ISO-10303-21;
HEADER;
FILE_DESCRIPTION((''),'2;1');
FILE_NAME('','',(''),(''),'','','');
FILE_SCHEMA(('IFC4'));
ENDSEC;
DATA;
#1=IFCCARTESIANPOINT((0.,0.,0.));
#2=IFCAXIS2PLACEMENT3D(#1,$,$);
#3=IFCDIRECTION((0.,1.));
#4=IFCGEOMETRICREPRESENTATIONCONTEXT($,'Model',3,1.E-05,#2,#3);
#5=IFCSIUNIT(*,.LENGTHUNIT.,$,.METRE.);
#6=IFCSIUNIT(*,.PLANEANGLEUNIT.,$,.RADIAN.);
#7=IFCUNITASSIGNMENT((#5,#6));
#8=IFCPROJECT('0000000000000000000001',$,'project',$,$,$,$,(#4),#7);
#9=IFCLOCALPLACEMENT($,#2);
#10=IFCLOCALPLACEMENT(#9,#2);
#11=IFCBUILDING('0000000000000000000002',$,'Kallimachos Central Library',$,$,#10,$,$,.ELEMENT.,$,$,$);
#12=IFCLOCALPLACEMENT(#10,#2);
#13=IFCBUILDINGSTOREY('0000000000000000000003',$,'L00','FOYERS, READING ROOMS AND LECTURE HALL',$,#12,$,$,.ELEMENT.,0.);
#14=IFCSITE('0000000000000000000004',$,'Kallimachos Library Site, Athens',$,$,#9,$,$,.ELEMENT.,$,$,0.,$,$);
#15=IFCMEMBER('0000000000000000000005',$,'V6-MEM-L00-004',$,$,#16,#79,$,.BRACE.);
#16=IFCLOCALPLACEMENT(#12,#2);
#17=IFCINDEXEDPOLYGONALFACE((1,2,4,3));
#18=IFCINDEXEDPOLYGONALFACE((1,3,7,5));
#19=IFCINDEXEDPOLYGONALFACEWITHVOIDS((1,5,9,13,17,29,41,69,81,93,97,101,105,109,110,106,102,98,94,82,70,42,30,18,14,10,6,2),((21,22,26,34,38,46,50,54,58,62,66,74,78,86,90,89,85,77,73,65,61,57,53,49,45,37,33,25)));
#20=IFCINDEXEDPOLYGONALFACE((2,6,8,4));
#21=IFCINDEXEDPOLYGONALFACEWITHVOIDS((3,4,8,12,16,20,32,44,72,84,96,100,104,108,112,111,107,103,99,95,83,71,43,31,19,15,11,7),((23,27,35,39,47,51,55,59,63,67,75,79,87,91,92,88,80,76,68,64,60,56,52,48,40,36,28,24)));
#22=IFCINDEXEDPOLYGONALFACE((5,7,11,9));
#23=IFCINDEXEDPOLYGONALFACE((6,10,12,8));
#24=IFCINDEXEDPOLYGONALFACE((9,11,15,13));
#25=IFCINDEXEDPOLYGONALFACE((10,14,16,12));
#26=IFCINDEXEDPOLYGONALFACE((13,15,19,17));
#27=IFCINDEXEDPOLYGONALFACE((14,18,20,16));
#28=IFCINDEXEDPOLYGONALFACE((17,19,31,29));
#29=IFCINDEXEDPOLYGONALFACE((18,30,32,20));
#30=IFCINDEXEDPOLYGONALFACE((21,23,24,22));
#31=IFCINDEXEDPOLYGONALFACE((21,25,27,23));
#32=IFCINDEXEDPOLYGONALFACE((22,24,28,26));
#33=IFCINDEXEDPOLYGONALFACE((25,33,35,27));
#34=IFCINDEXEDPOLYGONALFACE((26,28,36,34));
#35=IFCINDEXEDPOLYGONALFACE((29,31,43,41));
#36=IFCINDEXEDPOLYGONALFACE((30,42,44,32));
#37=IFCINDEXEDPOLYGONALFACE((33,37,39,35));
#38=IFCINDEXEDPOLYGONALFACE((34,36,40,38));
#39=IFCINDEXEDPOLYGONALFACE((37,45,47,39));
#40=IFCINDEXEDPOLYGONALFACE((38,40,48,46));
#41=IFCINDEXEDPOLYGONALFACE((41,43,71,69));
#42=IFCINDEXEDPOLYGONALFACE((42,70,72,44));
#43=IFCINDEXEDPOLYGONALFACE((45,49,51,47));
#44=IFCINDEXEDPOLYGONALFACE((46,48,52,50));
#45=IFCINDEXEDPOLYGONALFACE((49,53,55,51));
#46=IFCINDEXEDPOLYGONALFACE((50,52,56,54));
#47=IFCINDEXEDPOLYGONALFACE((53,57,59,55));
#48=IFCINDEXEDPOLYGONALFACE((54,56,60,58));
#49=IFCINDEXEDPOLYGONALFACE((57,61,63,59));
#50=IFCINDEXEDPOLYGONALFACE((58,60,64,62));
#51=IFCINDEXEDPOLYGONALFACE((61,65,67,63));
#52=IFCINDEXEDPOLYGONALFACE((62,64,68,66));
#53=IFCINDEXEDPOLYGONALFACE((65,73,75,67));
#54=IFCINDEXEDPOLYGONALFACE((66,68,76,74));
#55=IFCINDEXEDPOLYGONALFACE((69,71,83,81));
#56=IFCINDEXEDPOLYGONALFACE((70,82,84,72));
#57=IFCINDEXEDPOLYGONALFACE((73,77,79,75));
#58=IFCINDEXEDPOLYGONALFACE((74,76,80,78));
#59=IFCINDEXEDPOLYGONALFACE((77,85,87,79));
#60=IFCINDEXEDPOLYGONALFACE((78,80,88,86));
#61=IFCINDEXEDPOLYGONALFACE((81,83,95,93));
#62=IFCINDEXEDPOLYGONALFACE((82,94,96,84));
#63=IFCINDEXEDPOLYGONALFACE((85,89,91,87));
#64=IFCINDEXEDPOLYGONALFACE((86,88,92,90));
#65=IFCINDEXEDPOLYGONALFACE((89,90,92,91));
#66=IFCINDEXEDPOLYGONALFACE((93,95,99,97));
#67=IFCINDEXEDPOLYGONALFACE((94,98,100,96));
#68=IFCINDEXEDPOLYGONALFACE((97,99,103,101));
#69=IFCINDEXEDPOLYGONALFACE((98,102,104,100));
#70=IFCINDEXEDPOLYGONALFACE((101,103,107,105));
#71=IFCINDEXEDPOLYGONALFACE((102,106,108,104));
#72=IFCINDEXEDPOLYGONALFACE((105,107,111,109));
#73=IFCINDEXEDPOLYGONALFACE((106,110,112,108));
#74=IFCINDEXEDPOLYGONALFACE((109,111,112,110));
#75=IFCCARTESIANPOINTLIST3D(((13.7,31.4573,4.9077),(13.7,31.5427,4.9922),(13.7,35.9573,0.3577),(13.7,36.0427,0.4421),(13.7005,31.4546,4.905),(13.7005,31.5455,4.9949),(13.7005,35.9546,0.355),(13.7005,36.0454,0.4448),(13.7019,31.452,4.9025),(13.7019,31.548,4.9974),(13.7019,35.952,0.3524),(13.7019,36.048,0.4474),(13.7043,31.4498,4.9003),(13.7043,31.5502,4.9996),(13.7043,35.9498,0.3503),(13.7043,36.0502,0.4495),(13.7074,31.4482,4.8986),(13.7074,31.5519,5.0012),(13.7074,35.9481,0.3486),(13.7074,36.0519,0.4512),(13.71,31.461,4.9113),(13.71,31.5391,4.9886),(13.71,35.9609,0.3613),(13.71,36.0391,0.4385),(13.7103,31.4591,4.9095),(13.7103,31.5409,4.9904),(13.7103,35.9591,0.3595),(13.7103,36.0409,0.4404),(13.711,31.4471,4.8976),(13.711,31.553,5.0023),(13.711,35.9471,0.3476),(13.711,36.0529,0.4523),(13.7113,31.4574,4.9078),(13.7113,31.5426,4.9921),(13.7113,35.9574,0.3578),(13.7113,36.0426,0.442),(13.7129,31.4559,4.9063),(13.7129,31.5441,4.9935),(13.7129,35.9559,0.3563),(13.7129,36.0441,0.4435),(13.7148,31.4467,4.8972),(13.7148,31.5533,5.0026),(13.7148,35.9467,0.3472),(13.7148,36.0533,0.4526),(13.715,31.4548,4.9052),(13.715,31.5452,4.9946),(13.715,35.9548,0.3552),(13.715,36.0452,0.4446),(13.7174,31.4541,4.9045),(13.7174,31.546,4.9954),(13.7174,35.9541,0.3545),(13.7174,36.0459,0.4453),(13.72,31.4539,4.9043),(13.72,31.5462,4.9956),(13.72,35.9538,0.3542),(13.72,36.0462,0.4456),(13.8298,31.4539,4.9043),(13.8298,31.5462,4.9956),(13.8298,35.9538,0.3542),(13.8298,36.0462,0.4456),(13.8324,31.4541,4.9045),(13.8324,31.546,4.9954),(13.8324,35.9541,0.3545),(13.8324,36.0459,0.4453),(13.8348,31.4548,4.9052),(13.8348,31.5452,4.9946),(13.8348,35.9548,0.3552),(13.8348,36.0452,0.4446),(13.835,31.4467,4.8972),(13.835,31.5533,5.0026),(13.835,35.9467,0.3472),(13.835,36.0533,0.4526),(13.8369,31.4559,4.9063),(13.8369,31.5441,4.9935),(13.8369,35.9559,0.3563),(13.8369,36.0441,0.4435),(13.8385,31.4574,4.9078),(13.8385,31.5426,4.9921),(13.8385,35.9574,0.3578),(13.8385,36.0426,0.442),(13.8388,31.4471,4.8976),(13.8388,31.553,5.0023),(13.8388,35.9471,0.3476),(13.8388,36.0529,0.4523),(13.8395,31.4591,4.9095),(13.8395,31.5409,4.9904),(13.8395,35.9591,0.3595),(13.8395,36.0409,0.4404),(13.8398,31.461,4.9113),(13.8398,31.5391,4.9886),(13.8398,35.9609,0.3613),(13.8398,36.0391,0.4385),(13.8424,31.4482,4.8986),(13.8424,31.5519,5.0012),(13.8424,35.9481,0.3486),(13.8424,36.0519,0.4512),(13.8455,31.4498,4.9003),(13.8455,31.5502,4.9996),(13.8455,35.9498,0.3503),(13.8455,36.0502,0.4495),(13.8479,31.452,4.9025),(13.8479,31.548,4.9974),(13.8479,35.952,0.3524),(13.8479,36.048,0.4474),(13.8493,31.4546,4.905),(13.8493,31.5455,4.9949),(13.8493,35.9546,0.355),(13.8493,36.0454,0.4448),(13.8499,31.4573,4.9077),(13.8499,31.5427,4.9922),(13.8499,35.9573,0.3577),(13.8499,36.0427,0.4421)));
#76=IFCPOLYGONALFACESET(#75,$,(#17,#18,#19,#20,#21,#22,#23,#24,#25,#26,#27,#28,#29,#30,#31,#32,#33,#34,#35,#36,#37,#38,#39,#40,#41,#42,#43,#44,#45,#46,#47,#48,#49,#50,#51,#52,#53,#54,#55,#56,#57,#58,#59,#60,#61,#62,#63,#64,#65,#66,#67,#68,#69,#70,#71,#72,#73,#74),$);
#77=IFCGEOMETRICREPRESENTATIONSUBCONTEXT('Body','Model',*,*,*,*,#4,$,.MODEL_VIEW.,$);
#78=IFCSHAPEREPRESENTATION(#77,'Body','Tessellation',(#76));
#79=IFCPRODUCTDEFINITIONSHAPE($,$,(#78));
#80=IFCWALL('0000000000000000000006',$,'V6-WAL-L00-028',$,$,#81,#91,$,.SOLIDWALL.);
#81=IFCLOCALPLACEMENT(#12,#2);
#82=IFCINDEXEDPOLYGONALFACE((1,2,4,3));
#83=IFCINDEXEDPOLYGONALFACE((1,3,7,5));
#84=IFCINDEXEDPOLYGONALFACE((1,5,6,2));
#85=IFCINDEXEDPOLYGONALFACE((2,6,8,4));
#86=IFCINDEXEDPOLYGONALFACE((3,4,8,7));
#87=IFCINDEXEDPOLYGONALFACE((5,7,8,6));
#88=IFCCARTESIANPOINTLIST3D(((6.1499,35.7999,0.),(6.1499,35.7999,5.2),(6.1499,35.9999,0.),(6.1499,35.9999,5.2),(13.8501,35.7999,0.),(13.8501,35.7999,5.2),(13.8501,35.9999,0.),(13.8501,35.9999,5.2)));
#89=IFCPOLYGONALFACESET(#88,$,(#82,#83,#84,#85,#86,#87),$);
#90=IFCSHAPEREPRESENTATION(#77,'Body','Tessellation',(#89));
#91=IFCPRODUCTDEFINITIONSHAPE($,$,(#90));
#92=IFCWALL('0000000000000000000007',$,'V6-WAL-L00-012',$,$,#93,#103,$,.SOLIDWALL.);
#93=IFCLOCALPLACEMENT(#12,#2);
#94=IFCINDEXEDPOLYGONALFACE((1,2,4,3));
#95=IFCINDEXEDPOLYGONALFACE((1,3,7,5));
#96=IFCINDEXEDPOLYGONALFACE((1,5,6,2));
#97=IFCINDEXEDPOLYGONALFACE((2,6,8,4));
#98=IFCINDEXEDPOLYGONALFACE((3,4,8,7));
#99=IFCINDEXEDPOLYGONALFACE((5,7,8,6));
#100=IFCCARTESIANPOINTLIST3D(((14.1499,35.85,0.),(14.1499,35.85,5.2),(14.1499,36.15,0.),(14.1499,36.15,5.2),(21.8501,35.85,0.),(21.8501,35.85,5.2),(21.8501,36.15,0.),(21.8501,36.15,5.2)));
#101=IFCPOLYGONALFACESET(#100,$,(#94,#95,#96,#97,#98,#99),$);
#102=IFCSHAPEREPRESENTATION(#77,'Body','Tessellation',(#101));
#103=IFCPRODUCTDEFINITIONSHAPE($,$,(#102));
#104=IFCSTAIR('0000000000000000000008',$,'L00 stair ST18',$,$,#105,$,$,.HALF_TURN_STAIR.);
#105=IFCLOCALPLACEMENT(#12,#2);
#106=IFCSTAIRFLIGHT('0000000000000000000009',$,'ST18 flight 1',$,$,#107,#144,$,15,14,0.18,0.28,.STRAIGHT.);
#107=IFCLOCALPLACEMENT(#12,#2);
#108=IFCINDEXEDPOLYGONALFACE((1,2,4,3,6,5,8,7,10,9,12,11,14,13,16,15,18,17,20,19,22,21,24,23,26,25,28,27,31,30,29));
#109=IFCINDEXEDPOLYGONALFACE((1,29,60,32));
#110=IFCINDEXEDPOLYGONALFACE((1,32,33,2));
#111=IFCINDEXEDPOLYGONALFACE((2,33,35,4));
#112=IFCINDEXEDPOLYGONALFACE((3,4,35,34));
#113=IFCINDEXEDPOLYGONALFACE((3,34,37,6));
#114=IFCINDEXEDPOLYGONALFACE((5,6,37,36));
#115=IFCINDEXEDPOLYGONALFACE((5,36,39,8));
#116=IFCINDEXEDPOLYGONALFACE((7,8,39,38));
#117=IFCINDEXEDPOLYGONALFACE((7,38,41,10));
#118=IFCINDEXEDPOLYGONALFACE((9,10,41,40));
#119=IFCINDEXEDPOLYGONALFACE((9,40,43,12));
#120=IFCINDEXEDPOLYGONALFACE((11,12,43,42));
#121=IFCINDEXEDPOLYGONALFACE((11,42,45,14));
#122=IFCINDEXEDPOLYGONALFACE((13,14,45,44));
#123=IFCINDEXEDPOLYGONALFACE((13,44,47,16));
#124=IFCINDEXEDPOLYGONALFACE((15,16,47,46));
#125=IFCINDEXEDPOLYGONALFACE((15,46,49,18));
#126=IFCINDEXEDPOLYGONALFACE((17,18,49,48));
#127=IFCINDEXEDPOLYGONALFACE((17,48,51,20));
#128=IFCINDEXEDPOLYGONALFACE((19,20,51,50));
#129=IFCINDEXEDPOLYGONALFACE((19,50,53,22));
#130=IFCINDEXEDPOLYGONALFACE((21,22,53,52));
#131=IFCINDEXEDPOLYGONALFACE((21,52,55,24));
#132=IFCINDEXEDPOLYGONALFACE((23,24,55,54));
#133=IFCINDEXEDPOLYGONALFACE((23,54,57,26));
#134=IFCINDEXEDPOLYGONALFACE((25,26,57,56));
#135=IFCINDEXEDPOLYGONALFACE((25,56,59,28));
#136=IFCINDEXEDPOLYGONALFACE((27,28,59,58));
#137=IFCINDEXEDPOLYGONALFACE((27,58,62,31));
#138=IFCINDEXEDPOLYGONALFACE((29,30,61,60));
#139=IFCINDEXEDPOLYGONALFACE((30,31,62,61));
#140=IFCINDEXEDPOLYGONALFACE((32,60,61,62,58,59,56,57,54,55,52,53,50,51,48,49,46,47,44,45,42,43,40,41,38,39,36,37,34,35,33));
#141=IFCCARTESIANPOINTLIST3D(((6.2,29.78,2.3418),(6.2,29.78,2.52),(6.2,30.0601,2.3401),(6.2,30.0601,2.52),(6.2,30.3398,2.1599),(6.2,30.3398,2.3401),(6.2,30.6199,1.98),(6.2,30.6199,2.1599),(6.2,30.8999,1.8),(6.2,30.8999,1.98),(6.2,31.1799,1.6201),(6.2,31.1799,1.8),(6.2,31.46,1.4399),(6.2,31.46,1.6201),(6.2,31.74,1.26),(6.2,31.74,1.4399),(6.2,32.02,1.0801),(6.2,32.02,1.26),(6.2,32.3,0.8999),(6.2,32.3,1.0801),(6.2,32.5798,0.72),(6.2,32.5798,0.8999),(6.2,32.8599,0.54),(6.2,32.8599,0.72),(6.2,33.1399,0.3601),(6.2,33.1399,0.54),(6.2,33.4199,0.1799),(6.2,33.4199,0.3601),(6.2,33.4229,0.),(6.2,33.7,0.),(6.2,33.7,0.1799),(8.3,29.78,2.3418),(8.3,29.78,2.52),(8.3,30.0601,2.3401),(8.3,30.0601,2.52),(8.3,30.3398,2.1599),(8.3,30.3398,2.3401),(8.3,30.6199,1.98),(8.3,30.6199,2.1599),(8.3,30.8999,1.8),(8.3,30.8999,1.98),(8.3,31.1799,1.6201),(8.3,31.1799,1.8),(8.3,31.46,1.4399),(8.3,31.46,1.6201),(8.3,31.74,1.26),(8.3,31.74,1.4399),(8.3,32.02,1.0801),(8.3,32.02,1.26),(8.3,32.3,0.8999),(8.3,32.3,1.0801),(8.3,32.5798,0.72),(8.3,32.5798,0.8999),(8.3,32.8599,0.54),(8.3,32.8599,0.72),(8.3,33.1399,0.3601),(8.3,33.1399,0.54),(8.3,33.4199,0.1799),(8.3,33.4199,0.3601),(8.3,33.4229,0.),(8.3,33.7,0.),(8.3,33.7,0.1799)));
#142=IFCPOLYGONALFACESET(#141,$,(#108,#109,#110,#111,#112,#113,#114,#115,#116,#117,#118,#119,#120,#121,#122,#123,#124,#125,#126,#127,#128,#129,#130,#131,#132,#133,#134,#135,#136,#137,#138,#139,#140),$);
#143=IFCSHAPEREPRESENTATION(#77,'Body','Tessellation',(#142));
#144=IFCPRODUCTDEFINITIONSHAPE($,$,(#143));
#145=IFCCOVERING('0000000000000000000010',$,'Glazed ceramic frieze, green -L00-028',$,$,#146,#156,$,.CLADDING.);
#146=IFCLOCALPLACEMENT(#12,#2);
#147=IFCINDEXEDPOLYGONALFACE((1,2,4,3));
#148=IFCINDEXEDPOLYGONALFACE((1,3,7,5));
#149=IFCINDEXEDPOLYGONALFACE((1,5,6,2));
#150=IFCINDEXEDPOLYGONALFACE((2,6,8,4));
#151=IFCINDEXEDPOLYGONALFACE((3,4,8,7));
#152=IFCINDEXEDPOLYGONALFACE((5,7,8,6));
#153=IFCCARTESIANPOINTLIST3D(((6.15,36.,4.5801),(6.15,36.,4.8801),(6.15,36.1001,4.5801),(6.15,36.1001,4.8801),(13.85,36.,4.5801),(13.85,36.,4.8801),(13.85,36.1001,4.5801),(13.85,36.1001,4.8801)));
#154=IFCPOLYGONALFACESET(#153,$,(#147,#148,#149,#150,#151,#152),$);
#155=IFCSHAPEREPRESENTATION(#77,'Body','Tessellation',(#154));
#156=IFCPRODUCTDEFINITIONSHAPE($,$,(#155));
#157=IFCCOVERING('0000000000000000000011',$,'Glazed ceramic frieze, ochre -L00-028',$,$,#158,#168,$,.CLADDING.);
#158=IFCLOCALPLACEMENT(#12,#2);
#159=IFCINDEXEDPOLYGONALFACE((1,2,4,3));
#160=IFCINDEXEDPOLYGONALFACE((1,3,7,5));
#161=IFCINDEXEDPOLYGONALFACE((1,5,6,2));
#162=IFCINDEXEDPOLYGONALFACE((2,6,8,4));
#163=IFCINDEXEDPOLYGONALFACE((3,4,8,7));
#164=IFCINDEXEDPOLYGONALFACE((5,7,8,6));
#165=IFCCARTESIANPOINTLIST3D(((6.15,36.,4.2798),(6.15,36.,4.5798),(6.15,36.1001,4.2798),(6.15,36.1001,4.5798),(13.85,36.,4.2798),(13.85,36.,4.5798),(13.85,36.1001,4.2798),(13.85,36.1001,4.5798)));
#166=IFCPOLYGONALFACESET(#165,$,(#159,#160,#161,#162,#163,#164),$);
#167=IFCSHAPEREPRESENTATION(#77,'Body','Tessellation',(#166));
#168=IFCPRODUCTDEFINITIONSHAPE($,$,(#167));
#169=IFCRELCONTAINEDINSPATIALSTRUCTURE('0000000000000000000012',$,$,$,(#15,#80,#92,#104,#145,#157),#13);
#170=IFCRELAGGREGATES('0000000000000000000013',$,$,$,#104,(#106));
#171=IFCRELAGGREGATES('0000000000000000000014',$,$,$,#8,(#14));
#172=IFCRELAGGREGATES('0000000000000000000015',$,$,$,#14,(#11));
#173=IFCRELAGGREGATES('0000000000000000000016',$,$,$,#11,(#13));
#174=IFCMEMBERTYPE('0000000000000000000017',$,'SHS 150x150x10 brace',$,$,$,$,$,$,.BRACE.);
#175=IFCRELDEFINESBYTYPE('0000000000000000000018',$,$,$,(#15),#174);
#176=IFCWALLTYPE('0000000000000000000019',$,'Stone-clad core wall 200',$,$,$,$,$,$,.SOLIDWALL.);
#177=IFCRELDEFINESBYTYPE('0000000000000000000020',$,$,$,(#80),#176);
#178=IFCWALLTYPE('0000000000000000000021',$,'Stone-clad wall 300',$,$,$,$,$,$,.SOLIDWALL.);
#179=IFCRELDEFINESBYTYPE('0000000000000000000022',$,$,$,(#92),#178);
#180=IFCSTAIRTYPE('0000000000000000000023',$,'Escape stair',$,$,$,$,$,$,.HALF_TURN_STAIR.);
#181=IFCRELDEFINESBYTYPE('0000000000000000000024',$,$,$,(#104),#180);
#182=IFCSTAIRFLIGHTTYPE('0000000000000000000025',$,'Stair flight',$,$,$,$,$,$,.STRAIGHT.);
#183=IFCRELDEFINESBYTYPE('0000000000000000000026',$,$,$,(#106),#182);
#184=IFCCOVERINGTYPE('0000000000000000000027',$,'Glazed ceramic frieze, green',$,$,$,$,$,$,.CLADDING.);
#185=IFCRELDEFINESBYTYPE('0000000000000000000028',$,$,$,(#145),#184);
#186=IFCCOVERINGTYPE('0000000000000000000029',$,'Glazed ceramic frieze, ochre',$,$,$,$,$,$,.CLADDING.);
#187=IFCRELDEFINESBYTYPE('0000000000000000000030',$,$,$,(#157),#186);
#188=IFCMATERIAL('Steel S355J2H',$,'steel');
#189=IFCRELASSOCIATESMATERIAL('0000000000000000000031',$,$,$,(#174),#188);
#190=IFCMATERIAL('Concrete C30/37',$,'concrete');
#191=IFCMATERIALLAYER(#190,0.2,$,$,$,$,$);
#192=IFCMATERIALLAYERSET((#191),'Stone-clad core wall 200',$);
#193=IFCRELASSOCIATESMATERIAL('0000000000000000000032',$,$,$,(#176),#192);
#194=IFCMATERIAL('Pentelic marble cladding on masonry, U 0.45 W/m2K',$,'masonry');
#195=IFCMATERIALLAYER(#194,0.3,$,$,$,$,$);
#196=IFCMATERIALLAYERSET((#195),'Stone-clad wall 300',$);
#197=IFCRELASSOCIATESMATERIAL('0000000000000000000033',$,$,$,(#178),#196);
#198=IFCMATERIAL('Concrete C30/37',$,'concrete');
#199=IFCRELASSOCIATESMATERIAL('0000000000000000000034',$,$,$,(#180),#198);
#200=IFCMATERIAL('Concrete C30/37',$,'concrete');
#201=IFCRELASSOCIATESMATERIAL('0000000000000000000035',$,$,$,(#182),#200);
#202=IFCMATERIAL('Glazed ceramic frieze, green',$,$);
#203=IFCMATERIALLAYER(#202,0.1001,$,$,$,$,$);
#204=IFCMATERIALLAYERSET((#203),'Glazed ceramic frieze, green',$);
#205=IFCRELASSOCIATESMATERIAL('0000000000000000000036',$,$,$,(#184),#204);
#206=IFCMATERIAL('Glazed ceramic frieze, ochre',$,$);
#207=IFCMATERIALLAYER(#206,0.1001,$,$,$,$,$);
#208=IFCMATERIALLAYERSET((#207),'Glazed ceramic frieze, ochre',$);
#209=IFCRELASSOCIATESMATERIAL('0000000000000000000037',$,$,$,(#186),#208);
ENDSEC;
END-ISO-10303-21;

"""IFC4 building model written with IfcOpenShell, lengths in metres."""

from ifc_helpers import new_model, si_unit, direction, frame, frame_2d, origin, origin_2d, place, context, subcontext, project, spatial, polyline, rectangle, hollow_rectangle, outline, extrude, material, layer, layer_set, material_profile, profile_set, type_object, element, aggregate, save


model = new_model("IFC4")

# Units and contexts
model_context = context("Model", 3, precision=1e-05, world=origin(), true_north=direction((0.0, 1.0)))
body_context = subcontext(model_context, "Body", "Model", "MODEL_VIEW")
ifc_project = project(units=[si_unit("LENGTHUNIT", "METRE"), si_unit("PLANEANGLEUNIT", "RADIAN")], contexts=[model_context])

# Site, building, storey
site_placement = place(None, origin())
site = spatial("IfcSite", under=ifc_project, at=site_placement, Name="Kallimachos Library Site, Athens", CompositionType="ELEMENT", RefElevation=0.0)
building_placement = place(site_placement, origin())
building = spatial("IfcBuilding", under=site, at=building_placement, Name="Kallimachos Central Library", CompositionType="ELEMENT")
storey_placement = place(building_placement, origin())
storey = spatial("IfcBuildingStorey", under=building, at=storey_placement, Name="L00", Description="FOYERS, READING ROOMS AND LECTURE HALL", CompositionType="ELEMENT", Elevation=0.0)

# Member
ifc_material_1 = material(Name="Steel S355J2H", Category="steel")
ifc_material_profile_1 = material_profile(ifc_material_1, hollow_rectangle(XDim=0.1499, YDim=0.1499, WallThickness=0.01, InnerFilletRadius=0.01, OuterFilletRadius=0.0149, at=origin_2d()), Name="SHS 150x150x10")
ifc_profile_set_1 = profile_set([ifc_material_profile_1], Name="Steel S355J2H")
member_type = type_object("IfcMemberType", Name="SHS 150x150x10 brace", PredefinedType="BRACE", material=ifc_profile_set_1)
member_placement = place(storey_placement, frame((13.7749, 36.0, 0.3999), z_axis=(0.0, -0.703186, 0.711006), x_axis=(1.0, 0.0, 0.0)))
element("IfcMember", 1, at=member_placement, inside=storey, type_object=member_type, Name="V6-MEM-L00-004", PredefinedType="BRACE", context=body_context, shape_type="SweptSolid", body=[
    extrude(hollow_rectangle(XDim=0.1499, YDim=0.1499, WallThickness=0.01, InnerFilletRadius=0.01, OuterFilletRadius=0.0149, at=origin_2d()), origin(), (0.0, 0.0, 1.0), 6.3994),
])

# Walls
ifc_material_2 = material(Name="Concrete C30/37", Category="concrete")
ifc_layer_1 = layer(ifc_material_2, 0.2)
ifc_layer_set_1 = layer_set([ifc_layer_1], Name="Stone-clad core wall 200")
wall_type_1 = type_object("IfcWallType", Name="Stone-clad core wall 200", PredefinedType="SOLIDWALL", material=ifc_layer_set_1)
wall_1_placement = place(storey_placement, frame((6.1499, 35.8999, 0.0), z_axis=(0.0, 0.0, 1.0), x_axis=(1.0, 0.0, 0.0)))
element("IfcWall", 2, at=wall_1_placement, inside=storey, type_object=wall_type_1, Name="V6-WAL-L00-028", PredefinedType="SOLIDWALL", context=body_context, shape_type="SweptSolid", body=[
    extrude(rectangle(XDim=7.7002, YDim=0.2, at=frame_2d((3.8501, 0.0))), origin(), (0.0, 0.0, 1.0), 5.2),
])
ifc_material_3 = material(Name="Pentelic marble cladding on masonry, U 0.45 W/m2K", Category="masonry")
ifc_layer_2 = layer(ifc_material_3, 0.3)
ifc_layer_set_2 = layer_set([ifc_layer_2], Name="Stone-clad wall 300")
wall_type_2 = type_object("IfcWallType", Name="Stone-clad wall 300", PredefinedType="SOLIDWALL", material=ifc_layer_set_2)
wall_2_placement = place(storey_placement, frame((14.1499, 36.0, 0.0), z_axis=(0.0, 0.0, 1.0), x_axis=(1.0, 0.0, 0.0)))
element("IfcWall", 3, at=wall_2_placement, inside=storey, type_object=wall_type_2, Name="V6-WAL-L00-012", PredefinedType="SOLIDWALL", context=body_context, shape_type="SweptSolid", body=[
    extrude(rectangle(XDim=7.7002, YDim=0.3, at=frame_2d((3.8501, 0.0))), origin(), (0.0, 0.0, 1.0), 5.2),
])

# Stair, stair flight
ifc_material_4 = material(Name="Concrete C30/37", Category="concrete")
stair_type = type_object("IfcStairType", Name="Escape stair", PredefinedType="HALF_TURN_STAIR", material=ifc_material_4)
stair_placement = place(storey_placement, origin())
stair = element("IfcStair", 4, at=stair_placement, inside=storey, type_object=stair_type, Name="L00 stair ST18", PredefinedType="HALF_TURN_STAIR")
ifc_material_5 = material(Name="Concrete C30/37", Category="concrete")
stair_flight_type = type_object("IfcStairFlightType", Name="Stair flight", PredefinedType="STRAIGHT", material=ifc_material_5)
stair_flight_placement = place(storey_placement, frame((7.25, 33.7, 0.0), z_axis=(0.0, 0.0, 1.0), x_axis=(0.0, -1.0, 0.0)))
stair_flight = element("IfcStairFlight", 5, at=stair_flight_placement, type_object=stair_flight_type, Name="ST18 flight 1", NumberOfRisers=15, NumberOfTreads=14, PredefinedType="STRAIGHT", RiserHeight=0.18, TreadLength=0.28, context=body_context, shape_type="SweptSolid", body=[
    extrude(outline(polyline([(0.0, 0.0), (0.0, 0.1799), (0.28, 0.1799), (0.28, 0.3601), (0.5601, 0.3601), (0.5601, 0.54), (0.8401, 0.54), (0.8401, 0.72), (1.1201, 0.72), (1.1201, 0.8999), (1.3999, 0.8999), (1.3999, 1.0801), (1.6799, 1.0801), (1.6799, 1.26), (1.96, 1.26), (1.96, 1.4399), (2.24, 1.4399), (2.24, 1.6201), (2.52, 1.6201), (2.52, 1.8), (2.8, 1.8), (2.8, 1.98), (3.0801, 1.98), (3.0801, 2.1599), (3.3601, 2.1599), (3.3601, 2.3401), (3.6399, 2.3401), (3.6399, 2.52), (3.9199, 2.52), (3.9199, 2.7), (3.9199, 2.3418), (0.2771, 0.0), (0.0, 0.0)])), frame((0.0, 1.05, 0.0), z_axis=(0.0, -1.0, 0.0), x_axis=(1.0, 0.0, 0.0)), (0.0, 0.0, 1.0), 2.1001),
])
aggregate(stair, [stair_flight])

# Coverings
ifc_material_6 = material(Name="Glazed ceramic frieze, green")
ifc_layer_3 = layer(ifc_material_6, 0.1001)
ifc_layer_set_3 = layer_set([ifc_layer_3], Name="Glazed ceramic frieze, green")
covering_type_1 = type_object("IfcCoveringType", Name="Glazed ceramic frieze, green", PredefinedType="CLADDING", material=ifc_layer_set_3)
covering_1_placement = place(storey_placement, frame((10.0, 36.05, 4.5801), z_axis=(0.0, 0.0, 1.0), x_axis=(1.0, 0.0, 0.0)))
element("IfcCovering", 6, at=covering_1_placement, inside=storey, type_object=covering_type_1, Name="Glazed ceramic frieze, green -L00-028", PredefinedType="CLADDING", context=body_context, shape_type="SweptSolid", body=[
    extrude(rectangle(XDim=7.7, YDim=0.1001, at=origin_2d()), origin(), (0.0, 0.0, 1.0), 0.3),
])
ifc_material_7 = material(Name="Glazed ceramic frieze, ochre")
ifc_layer_4 = layer(ifc_material_7, 0.1001)
ifc_layer_set_4 = layer_set([ifc_layer_4], Name="Glazed ceramic frieze, ochre")
covering_type_2 = type_object("IfcCoveringType", Name="Glazed ceramic frieze, ochre", PredefinedType="CLADDING", material=ifc_layer_set_4)
covering_2_placement = place(storey_placement, frame((10.0, 36.05, 4.2798), z_axis=(0.0, 0.0, 1.0), x_axis=(1.0, 0.0, 0.0)))
element("IfcCovering", 7, at=covering_2_placement, inside=storey, type_object=covering_type_2, Name="Glazed ceramic frieze, ochre -L00-028", PredefinedType="CLADDING", context=body_context, shape_type="SweptSolid", body=[
    extrude(rectangle(XDim=7.7, YDim=0.1001, at=origin_2d()), origin(), (0.0, 0.0, 1.0), 0.3),
])

save(model, "model.ifc")
